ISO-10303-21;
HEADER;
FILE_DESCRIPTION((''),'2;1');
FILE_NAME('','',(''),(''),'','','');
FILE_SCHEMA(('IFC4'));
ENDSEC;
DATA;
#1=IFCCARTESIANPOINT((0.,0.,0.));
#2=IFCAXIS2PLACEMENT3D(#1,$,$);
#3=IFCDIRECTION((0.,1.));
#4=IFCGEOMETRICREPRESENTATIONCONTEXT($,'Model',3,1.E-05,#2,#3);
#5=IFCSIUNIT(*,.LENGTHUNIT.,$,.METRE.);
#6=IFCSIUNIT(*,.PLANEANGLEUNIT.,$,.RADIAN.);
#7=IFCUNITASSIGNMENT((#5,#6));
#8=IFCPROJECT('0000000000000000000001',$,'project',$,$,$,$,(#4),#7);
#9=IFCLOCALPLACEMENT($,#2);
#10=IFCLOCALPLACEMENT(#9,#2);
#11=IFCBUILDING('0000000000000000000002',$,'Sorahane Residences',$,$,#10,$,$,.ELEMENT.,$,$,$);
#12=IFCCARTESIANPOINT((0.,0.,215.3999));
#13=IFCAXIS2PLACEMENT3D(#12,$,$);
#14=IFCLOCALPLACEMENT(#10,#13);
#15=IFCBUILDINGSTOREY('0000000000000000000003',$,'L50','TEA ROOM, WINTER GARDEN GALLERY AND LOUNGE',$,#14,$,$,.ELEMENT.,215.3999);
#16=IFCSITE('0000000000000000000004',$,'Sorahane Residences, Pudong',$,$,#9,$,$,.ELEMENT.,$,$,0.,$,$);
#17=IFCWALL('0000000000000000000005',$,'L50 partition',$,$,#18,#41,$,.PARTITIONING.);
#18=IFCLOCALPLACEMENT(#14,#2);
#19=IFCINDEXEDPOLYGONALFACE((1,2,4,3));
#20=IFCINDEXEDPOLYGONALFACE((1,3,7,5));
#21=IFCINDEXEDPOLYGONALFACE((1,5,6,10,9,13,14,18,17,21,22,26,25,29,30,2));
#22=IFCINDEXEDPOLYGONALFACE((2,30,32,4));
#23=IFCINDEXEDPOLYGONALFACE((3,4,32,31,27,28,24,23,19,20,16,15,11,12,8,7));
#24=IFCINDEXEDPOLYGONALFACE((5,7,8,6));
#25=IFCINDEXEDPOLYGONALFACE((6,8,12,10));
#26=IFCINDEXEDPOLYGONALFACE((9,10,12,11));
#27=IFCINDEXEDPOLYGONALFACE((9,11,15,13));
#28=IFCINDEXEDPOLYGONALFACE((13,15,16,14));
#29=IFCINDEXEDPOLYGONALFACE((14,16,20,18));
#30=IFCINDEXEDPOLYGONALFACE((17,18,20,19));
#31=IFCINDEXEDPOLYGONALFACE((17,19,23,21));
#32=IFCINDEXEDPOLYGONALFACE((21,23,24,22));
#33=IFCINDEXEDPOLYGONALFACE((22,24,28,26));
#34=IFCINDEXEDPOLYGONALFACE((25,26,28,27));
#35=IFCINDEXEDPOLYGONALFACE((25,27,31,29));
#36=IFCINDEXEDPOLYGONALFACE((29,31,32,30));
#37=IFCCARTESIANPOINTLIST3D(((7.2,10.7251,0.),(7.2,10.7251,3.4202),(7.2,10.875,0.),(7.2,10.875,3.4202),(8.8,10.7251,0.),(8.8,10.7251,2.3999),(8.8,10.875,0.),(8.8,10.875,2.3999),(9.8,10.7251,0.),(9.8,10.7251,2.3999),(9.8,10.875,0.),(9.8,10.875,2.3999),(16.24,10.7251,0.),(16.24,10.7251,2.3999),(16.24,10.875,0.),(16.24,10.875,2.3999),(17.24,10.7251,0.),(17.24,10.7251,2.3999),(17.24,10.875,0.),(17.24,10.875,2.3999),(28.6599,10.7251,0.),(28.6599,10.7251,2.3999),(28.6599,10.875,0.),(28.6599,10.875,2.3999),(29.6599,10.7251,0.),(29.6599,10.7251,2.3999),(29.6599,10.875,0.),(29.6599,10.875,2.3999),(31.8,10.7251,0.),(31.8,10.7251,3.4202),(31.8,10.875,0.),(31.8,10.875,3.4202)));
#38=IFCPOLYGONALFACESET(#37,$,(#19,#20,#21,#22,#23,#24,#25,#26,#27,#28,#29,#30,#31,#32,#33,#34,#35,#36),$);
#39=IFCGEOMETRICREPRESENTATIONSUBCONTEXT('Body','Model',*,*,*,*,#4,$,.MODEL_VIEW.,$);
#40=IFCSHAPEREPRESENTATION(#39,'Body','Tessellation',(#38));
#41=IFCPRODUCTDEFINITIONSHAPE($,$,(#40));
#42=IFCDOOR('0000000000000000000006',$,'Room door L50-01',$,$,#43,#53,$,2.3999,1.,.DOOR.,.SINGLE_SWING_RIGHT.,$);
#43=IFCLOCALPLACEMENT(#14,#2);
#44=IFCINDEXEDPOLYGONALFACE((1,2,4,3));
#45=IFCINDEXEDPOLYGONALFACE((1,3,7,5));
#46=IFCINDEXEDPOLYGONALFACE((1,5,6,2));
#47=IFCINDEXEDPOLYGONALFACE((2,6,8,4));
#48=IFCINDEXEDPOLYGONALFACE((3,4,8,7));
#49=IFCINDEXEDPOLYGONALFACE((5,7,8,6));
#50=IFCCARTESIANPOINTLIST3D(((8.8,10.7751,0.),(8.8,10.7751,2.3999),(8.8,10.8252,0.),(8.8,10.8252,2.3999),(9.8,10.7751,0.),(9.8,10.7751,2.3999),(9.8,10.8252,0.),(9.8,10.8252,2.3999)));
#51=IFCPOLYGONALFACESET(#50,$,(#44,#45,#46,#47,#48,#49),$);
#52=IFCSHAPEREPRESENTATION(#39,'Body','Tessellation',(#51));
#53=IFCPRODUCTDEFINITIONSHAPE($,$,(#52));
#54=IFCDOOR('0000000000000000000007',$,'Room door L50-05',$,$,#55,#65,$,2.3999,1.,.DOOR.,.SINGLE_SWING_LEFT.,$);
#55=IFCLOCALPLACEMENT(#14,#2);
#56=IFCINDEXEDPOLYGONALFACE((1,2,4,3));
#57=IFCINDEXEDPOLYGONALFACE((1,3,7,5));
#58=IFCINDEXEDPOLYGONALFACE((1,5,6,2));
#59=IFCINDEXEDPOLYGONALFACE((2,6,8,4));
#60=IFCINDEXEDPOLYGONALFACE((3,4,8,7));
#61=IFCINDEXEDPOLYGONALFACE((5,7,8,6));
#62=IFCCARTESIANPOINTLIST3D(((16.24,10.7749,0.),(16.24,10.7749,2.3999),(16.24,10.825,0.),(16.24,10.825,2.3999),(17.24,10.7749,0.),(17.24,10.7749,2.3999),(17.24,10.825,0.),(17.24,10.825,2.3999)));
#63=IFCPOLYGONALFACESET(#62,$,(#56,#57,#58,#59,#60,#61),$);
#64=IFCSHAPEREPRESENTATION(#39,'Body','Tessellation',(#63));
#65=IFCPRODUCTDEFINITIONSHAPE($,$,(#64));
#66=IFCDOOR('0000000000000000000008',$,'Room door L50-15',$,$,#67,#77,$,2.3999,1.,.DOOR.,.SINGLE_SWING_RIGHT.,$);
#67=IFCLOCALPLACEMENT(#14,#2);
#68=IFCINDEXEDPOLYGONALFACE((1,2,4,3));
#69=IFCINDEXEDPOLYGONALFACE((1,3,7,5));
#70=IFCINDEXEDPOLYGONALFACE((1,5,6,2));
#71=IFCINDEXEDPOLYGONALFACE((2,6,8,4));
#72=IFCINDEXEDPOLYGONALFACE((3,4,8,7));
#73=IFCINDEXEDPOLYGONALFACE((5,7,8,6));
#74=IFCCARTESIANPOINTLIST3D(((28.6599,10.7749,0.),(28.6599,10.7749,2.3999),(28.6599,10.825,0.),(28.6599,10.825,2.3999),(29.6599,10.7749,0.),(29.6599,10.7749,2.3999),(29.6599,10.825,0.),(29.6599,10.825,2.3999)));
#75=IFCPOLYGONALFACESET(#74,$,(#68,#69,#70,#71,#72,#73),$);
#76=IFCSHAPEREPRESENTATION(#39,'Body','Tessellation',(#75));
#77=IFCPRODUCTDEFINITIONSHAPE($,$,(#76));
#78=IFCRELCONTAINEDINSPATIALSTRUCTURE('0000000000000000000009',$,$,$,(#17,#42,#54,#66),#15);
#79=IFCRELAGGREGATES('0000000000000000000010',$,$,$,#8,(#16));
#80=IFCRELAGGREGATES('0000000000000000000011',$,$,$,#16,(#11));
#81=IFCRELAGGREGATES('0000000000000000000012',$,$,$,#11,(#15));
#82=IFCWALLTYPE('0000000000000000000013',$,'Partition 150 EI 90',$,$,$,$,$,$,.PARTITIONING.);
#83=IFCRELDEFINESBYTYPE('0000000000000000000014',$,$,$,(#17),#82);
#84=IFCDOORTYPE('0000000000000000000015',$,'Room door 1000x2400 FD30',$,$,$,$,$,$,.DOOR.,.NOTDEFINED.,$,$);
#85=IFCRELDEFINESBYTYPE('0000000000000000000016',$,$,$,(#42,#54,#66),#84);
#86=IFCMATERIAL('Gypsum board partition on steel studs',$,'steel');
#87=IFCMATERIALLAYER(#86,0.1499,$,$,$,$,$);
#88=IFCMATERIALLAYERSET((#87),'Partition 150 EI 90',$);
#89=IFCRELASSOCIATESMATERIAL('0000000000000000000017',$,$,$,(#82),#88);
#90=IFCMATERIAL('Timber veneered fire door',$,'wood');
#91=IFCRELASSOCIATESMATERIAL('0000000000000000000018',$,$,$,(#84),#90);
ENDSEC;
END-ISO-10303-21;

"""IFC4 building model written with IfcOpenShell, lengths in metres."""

from ifc_helpers import new_model, si_unit, direction, frame, frame_2d, origin, place, context, subcontext, project, spatial, rectangle, extrude, material, layer, layer_set, type_object, element, fill, save


model = new_model("IFC4")

# Units and contexts
model_context = context("Model", 3, precision=1e-05, world=origin(), true_north=direction((0.0, 1.0)))
body_context = subcontext(model_context, "Body", "Model", "MODEL_VIEW")
ifc_project = project(units=[si_unit("LENGTHUNIT", "METRE"), si_unit("PLANEANGLEUNIT", "RADIAN")], contexts=[model_context])

# Site, building, storey
site_placement = place(None, origin())
site = spatial("IfcSite", under=ifc_project, at=site_placement, Name="Sorahane Residences, Pudong", CompositionType="ELEMENT", RefElevation=0.0)
building_placement = place(site_placement, origin())
building = spatial("IfcBuilding", under=site, at=building_placement, Name="Sorahane Residences", CompositionType="ELEMENT")
storey_placement = place(building_placement, frame((0.0, 0.0, 215.3999)))
storey = spatial("IfcBuildingStorey", under=building, at=storey_placement, Name="L50", Description="TEA ROOM, WINTER GARDEN GALLERY AND LOUNGE", CompositionType="ELEMENT", Elevation=215.3999)

# Shared definitions
ifc_material_1 = material(Name="Gypsum board partition on steel studs", Category="steel")
ifc_layer_1 = layer(ifc_material_1, 0.1499)
ifc_layer_set_1 = layer_set([ifc_layer_1], Name="Partition 150 EI 90")
wall_type_1 = type_object("IfcWallType", Name="Partition 150 EI 90", PredefinedType="PARTITIONING", material=ifc_layer_set_1)

# Wall, openings, doors
wall_1_placement = place(storey_placement, frame((7.2, 10.8, 0.0), z_axis=(0.0, 0.0, 1.0), x_axis=(1.0, 0.0, 0.0)))
wall_1 = element("IfcWall", 1, at=wall_1_placement, inside=storey, type_object=wall_type_1, Name="L50 partition", PredefinedType="PARTITIONING", context=body_context, shape_type="SweptSolid", body=[
    extrude(rectangle(XDim=24.6001, YDim=0.1499, at=frame_2d((12.3, 0.0))), origin(), (0.0, 0.0, 1.0), 3.4202),
])
opening_1_placement = place(wall_1_placement, frame((1.6001, 0.0, 0.0)))
opening_1 = element("IfcOpeningElement", 2, at=opening_1_placement, cuts=wall_1, PredefinedType="OPENING", context=body_context, shape_type="SweptSolid", body=[
    extrude(rectangle(XDim=1.0, YDim=2.3999, at=frame_2d((0.5, 1.2))), frame((0.0, 0.085, 0.0), z_axis=(0.0, -1.0, 0.0), x_axis=(1.0, 0.0, 0.0)), (0.0, 0.0, 1.0), 0.1699),
])
opening_2_placement = place(wall_1_placement, frame((9.04, 0.0, 0.0)))
opening_2 = element("IfcOpeningElement", 3, at=opening_2_placement, cuts=wall_1, PredefinedType="OPENING", context=body_context, shape_type="SweptSolid", body=[
    extrude(rectangle(XDim=1.0, YDim=2.3999, at=frame_2d((0.5, 1.2))), frame((0.0, 0.085, 0.0), z_axis=(0.0, -1.0, 0.0), x_axis=(1.0, 0.0, 0.0)), (0.0, 0.0, 1.0), 0.1699),
])
opening_3_placement = place(wall_1_placement, frame((21.46, 0.0, 0.0)))
opening_3 = element("IfcOpeningElement", 4, at=opening_3_placement, cuts=wall_1, PredefinedType="OPENING", context=body_context, shape_type="SweptSolid", body=[
    extrude(rectangle(XDim=1.0, YDim=2.3999, at=frame_2d((0.5, 1.2))), frame((0.0, 0.085, 0.0), z_axis=(0.0, -1.0, 0.0), x_axis=(1.0, 0.0, 0.0)), (0.0, 0.0, 1.0), 0.1699),
])
ifc_material_2 = material(Name="Timber veneered fire door", Category="wood")
door_type_1 = type_object("IfcDoorType", Name="Room door 1000x2400 FD30", OperationType="NOTDEFINED", PredefinedType="DOOR", material=ifc_material_2)
door_1_placement = place(opening_1_placement, frame((1.0, 0.0, 0.0), z_axis=(0.0, 0.0, 1.0), x_axis=(-1.0, 0.0, 0.0)))
door_1 = element("IfcDoor", 5, at=door_1_placement, inside=storey, type_object=door_type_1, Name="Room door L50-01", OperationType="SINGLE_SWING_RIGHT", OverallHeight=2.3999, OverallWidth=1.0, PredefinedType="DOOR", context=body_context, shape_type="SweptSolid", body=[
    extrude(rectangle(XDim=1.0, YDim=2.3999, at=frame_2d((0.5, 1.2))), frame((0.0, 0.0249, 0.0), z_axis=(0.0, -1.0, 0.0), x_axis=(1.0, 0.0, 0.0)), (0.0, 0.0, 1.0), 0.05),
])
fill(opening_1, door_1)
door_2_placement = place(opening_2_placement, origin())
door_2 = element("IfcDoor", 6, at=door_2_placement, inside=storey, type_object=door_type_1, Name="Room door L50-05", OperationType="SINGLE_SWING_LEFT", OverallHeight=2.3999, OverallWidth=1.0, PredefinedType="DOOR", context=body_context, shape_type="SweptSolid", body=[
    extrude(rectangle(XDim=1.0, YDim=2.3999, at=frame_2d((0.5, 1.2))), frame((0.0, 0.0249, 0.0), z_axis=(0.0, -1.0, 0.0), x_axis=(1.0, 0.0, 0.0)), (0.0, 0.0, 1.0), 0.05),
])
fill(opening_2, door_2)
door_3_placement = place(opening_3_placement, origin())
door_3 = element("IfcDoor", 7, at=door_3_placement, inside=storey, type_object=door_type_1, Name="Room door L50-15", OperationType="SINGLE_SWING_RIGHT", OverallHeight=2.3999, OverallWidth=1.0, PredefinedType="DOOR", context=body_context, shape_type="SweptSolid", body=[
    extrude(rectangle(XDim=1.0, YDim=2.3999, at=frame_2d((0.5, 1.2))), frame((0.0, 0.0249, 0.0), z_axis=(0.0, -1.0, 0.0), x_axis=(1.0, 0.0, 0.0)), (0.0, 0.0, 1.0), 0.05),
])
fill(opening_3, door_3)

save(model, "model.ifc")
